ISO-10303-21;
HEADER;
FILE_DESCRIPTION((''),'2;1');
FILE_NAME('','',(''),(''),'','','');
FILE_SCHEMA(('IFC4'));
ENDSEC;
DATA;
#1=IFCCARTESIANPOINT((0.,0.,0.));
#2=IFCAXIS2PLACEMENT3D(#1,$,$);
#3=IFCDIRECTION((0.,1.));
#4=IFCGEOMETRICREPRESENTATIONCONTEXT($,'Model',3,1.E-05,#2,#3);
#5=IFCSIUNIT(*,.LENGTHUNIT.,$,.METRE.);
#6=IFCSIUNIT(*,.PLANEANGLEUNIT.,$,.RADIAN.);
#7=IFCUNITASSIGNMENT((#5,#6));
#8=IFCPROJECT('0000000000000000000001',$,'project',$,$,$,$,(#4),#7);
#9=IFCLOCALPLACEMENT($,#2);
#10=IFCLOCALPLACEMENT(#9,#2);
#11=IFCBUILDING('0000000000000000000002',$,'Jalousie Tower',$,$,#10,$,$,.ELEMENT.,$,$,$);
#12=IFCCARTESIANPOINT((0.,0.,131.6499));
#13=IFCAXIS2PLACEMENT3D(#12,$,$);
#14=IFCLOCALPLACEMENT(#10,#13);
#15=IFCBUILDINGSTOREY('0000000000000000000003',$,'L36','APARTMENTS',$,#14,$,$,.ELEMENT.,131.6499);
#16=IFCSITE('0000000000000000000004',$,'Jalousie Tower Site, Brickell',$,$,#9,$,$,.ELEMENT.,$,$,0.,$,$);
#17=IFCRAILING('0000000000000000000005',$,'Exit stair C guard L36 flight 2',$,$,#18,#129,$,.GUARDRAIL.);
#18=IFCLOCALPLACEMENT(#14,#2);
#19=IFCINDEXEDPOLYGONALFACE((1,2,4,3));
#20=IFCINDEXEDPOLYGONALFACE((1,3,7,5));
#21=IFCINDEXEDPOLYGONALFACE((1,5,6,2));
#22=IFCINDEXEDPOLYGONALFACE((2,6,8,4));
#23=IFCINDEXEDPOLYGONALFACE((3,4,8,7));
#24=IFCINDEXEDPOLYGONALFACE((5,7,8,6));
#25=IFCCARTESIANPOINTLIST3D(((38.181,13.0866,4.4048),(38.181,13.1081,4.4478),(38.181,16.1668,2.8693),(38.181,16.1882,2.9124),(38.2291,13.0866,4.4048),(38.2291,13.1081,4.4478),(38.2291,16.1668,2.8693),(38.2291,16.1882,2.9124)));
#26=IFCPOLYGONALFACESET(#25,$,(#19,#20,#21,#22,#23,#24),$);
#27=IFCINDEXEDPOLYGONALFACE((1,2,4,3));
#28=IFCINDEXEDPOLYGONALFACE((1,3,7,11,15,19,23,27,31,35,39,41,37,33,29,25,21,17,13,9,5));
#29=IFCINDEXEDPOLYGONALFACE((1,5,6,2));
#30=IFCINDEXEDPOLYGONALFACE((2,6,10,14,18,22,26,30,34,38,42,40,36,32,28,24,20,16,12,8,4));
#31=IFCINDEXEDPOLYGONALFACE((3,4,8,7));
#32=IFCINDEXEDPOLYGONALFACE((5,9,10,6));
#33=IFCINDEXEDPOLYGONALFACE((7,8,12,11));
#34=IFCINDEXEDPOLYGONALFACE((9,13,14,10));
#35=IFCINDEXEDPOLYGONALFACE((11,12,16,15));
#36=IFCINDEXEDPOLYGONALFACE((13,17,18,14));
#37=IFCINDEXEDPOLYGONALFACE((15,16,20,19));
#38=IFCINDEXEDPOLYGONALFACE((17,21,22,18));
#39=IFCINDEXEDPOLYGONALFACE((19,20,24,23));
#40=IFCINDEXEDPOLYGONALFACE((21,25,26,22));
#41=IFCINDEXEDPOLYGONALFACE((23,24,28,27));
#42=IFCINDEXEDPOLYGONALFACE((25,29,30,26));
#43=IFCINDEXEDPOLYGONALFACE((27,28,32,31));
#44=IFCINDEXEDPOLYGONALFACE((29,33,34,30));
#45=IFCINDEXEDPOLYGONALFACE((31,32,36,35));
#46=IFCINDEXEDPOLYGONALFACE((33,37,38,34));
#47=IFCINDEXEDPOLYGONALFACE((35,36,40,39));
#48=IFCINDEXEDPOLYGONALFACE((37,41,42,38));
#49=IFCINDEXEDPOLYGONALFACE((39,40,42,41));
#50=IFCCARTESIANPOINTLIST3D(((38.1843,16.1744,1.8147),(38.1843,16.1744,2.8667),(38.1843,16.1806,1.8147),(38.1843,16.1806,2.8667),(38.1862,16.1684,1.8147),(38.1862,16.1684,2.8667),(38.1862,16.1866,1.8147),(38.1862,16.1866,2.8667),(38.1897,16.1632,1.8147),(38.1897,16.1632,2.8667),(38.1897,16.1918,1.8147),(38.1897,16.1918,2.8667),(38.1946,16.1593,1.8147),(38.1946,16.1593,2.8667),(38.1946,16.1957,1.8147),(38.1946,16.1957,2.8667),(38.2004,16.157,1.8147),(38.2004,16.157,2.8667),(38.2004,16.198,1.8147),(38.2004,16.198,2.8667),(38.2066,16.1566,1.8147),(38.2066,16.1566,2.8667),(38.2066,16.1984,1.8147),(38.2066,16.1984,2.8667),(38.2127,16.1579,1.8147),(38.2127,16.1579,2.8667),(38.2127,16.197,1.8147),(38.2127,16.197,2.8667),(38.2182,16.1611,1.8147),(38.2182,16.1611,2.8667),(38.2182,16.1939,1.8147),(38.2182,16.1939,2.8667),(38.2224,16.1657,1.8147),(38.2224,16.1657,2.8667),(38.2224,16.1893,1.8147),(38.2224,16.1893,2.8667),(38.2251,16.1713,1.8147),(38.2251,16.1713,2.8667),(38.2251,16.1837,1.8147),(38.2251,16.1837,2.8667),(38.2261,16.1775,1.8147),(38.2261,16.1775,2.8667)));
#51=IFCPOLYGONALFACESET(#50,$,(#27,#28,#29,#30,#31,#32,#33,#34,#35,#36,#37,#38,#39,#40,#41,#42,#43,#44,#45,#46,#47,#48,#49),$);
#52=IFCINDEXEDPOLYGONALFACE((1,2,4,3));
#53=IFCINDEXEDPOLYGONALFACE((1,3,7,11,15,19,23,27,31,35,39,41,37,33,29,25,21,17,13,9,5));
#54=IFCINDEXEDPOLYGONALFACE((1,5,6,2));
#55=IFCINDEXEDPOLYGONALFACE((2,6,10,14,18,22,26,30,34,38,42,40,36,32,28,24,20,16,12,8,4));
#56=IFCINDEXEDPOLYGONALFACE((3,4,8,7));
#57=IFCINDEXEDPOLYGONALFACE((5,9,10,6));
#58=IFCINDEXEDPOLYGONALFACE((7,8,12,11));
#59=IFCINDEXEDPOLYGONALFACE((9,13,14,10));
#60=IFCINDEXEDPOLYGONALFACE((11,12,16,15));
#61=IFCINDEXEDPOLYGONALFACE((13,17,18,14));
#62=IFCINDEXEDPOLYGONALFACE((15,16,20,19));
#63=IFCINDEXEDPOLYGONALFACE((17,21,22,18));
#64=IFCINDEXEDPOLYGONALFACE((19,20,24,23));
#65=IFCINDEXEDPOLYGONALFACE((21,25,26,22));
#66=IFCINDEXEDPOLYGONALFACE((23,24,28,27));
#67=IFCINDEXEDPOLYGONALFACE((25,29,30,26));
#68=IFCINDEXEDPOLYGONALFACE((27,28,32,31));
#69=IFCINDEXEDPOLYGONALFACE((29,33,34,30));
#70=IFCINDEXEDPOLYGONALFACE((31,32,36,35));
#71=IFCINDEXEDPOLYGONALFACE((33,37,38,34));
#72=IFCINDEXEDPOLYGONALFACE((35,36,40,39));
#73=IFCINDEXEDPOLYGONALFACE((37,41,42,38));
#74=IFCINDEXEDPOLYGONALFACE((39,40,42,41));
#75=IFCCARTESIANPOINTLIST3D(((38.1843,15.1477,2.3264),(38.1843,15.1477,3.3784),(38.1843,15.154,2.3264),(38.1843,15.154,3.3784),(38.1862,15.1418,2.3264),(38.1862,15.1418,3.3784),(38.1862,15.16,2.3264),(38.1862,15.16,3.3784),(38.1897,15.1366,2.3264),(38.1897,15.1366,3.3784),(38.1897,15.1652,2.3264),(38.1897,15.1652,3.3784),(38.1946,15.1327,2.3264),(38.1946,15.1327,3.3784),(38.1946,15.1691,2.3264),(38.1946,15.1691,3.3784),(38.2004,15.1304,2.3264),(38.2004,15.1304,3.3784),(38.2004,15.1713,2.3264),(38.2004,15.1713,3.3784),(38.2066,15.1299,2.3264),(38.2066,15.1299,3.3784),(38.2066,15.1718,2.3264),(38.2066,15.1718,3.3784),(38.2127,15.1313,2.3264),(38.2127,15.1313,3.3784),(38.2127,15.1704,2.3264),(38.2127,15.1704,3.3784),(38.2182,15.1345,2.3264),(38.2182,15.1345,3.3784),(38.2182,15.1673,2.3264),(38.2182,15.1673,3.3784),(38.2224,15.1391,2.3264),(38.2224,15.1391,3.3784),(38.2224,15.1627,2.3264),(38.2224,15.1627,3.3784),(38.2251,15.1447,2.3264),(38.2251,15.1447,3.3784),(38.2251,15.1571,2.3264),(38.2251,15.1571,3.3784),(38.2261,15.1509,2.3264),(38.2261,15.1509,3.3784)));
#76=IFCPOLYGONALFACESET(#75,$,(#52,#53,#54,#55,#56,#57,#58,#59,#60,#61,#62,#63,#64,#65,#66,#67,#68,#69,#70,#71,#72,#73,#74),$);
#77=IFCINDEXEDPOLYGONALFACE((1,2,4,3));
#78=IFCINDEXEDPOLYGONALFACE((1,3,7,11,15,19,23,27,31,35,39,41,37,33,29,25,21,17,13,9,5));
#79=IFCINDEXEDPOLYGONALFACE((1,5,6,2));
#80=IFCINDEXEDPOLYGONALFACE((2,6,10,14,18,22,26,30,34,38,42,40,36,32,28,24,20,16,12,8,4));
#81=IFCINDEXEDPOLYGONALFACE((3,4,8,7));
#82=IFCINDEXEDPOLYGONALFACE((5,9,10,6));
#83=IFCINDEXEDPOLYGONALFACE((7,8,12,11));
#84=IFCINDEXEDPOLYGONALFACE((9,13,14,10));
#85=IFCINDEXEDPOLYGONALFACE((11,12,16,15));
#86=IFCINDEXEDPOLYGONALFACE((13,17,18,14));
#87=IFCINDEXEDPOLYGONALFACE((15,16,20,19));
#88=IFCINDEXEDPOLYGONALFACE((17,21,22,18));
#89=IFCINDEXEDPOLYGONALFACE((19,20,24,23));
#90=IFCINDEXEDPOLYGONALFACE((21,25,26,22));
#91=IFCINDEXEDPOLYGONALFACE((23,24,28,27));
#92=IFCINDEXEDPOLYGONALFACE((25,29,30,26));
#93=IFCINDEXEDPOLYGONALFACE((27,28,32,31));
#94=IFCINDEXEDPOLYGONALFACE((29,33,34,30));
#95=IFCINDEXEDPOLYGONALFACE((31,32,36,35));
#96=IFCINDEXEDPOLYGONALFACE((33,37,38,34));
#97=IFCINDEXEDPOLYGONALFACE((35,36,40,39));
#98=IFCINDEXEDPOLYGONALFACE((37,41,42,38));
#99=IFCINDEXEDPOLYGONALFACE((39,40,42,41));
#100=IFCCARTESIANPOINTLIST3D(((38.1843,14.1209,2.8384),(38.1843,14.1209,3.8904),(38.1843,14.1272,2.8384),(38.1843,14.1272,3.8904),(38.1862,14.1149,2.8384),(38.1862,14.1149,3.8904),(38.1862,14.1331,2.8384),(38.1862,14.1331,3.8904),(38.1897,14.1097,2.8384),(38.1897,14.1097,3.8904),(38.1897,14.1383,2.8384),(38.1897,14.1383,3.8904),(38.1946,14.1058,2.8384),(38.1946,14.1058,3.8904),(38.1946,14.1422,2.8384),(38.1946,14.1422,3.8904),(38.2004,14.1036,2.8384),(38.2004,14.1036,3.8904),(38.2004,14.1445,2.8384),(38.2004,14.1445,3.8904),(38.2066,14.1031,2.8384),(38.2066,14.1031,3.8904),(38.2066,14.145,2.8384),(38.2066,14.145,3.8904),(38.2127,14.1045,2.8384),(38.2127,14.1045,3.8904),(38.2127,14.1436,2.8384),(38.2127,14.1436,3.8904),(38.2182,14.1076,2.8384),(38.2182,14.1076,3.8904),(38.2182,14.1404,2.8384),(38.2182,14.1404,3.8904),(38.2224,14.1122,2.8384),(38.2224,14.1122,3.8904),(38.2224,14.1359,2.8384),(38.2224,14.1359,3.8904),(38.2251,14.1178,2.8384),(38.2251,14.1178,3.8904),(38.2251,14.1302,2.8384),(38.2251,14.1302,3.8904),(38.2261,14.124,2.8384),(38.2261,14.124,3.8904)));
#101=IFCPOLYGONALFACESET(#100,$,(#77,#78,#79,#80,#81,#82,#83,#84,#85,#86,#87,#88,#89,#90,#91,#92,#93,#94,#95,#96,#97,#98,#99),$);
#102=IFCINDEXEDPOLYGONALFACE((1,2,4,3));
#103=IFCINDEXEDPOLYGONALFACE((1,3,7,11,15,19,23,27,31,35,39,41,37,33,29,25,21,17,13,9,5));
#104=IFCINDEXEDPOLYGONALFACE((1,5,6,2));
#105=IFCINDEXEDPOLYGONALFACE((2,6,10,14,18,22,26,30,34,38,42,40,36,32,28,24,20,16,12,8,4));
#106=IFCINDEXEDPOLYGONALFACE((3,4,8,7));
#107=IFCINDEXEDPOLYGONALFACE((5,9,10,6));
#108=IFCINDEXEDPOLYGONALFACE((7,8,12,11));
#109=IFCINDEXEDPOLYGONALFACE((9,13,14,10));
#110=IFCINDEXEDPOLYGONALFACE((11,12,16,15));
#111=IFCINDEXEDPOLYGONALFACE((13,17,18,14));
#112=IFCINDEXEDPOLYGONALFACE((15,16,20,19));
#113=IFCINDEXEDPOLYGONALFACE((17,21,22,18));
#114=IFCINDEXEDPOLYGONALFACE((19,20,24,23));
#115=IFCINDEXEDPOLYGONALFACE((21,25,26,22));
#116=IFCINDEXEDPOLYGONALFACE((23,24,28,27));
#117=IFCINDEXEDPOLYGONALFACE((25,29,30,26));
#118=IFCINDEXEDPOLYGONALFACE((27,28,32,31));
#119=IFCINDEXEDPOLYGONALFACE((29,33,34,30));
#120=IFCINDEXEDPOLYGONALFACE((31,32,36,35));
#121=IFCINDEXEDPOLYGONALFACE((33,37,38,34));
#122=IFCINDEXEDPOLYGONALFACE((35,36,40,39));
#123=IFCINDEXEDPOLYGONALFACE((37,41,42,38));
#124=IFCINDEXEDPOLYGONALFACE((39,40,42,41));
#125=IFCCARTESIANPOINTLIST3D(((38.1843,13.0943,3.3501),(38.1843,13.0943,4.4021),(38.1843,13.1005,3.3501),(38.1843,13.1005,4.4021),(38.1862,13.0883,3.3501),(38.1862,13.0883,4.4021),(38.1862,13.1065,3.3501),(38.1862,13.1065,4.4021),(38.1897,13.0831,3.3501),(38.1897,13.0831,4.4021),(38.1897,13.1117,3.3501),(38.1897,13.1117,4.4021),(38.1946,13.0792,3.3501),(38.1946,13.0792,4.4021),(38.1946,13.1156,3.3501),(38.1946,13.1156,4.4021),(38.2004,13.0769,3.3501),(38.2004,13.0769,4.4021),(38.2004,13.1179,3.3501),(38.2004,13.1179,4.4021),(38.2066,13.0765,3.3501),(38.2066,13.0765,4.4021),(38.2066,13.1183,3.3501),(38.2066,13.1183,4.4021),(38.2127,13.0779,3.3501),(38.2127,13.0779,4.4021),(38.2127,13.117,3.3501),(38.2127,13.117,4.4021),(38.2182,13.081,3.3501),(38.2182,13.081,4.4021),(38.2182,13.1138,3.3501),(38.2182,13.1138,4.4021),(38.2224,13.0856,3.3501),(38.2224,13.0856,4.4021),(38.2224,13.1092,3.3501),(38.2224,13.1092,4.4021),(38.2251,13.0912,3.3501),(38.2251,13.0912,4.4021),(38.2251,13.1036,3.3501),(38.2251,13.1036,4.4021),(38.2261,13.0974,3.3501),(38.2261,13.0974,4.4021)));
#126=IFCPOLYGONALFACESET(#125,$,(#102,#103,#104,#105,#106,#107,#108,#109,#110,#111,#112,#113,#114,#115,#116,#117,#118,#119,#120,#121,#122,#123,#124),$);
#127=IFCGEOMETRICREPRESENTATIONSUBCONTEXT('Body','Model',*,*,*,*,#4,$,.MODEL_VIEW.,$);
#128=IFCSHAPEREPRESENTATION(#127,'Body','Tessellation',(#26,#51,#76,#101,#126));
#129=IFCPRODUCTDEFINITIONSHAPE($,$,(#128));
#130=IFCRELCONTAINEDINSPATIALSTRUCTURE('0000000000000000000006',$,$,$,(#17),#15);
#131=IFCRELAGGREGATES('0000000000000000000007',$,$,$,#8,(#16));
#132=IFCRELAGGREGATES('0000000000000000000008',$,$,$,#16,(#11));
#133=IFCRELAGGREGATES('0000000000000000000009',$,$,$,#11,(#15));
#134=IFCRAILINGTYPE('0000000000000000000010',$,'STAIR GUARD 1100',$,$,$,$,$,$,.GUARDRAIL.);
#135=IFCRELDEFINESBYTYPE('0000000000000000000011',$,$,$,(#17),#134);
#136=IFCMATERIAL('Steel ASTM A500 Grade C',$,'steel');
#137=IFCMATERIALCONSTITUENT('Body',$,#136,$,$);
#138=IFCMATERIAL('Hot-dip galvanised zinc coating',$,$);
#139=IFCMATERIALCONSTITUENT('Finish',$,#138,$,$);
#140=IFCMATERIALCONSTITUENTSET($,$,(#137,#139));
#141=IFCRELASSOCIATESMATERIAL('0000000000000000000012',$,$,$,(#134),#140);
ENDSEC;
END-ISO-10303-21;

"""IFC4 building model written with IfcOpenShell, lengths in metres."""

from ifc_helpers import new_model, si_unit, direction, frame, origin, origin_2d, place, context, subcontext, project, spatial, rectangle, circle, extrude, material, constituent, constituent_set, type_object, element, save


model = new_model("IFC4")

# Units and contexts
model_context = context("Model", 3, precision=1e-05, world=origin(), true_north=direction((0.0, 1.0)))
body_context = subcontext(model_context, "Body", "Model", "MODEL_VIEW")
ifc_project = project(units=[si_unit("LENGTHUNIT", "METRE"), si_unit("PLANEANGLEUNIT", "RADIAN")], contexts=[model_context])

# Site, building, storey
site_placement = place(None, origin())
site = spatial("IfcSite", under=ifc_project, at=site_placement, Name="Jalousie Tower Site, Brickell", CompositionType="ELEMENT", RefElevation=0.0)
building_placement = place(site_placement, origin())
building = spatial("IfcBuilding", under=site, at=building_placement, Name="Jalousie Tower", CompositionType="ELEMENT")
storey_placement = place(building_placement, frame((0.0, 0.0, 131.6499)))
storey = spatial("IfcBuildingStorey", under=building, at=storey_placement, Name="L36", Description="APARTMENTS", CompositionType="ELEMENT", Elevation=131.6499)

# Railing
ifc_material_1 = material(Name="Steel ASTM A500 Grade C", Category="steel")
ifc_constituent_1 = constituent(ifc_material_1, Name="Body")
ifc_material_2 = material(Name="Hot-dip galvanised zinc coating")
ifc_constituent_2 = constituent(ifc_material_2, Name="Finish")
ifc_constituent_set_1 = constituent_set(constituents=[ifc_constituent_1, ifc_constituent_2])
railing_type_1 = type_object("IfcRailingType", Name="STAIR GUARD 1100", PredefinedType="GUARDRAIL", material=ifc_constituent_set_1)
railing_1_placement = place(storey_placement, frame((38.2051, 16.1775, 1.8147)))
element("IfcRailing", 1, at=railing_1_placement, inside=storey, type_object=railing_type_1, Name="Exit stair C guard L36 flight 2", PredefinedType="GUARDRAIL", context=body_context, shape_type="SweptSolid", body=[
    extrude(rectangle(XDim=0.0481, YDim=0.0481, at=origin_2d()), frame((0.0, 0.0, 1.0762), z_axis=(0.0, -0.894966, 0.446135), x_axis=(1.0, 0.0, 0.0)), (0.0, 0.0, 1.0), 3.4417),
    extrude(circle(Radius=0.021, at=origin_2d()), origin(), (0.0, 0.0, 1.0), 1.052),
    extrude(circle(Radius=0.021, at=origin_2d()), frame((0.0, -1.0266, 0.5117)), (0.0, 0.0, 1.0), 1.052),
    extrude(circle(Radius=0.021, at=origin_2d()), frame((0.0, -2.0535, 1.0237)), (0.0, 0.0, 1.0), 1.052),
    extrude(circle(Radius=0.021, at=origin_2d()), frame((0.0, -3.0801, 1.5354)), (0.0, 0.0, 1.0), 1.052),
])

save(model, "model.ifc")
